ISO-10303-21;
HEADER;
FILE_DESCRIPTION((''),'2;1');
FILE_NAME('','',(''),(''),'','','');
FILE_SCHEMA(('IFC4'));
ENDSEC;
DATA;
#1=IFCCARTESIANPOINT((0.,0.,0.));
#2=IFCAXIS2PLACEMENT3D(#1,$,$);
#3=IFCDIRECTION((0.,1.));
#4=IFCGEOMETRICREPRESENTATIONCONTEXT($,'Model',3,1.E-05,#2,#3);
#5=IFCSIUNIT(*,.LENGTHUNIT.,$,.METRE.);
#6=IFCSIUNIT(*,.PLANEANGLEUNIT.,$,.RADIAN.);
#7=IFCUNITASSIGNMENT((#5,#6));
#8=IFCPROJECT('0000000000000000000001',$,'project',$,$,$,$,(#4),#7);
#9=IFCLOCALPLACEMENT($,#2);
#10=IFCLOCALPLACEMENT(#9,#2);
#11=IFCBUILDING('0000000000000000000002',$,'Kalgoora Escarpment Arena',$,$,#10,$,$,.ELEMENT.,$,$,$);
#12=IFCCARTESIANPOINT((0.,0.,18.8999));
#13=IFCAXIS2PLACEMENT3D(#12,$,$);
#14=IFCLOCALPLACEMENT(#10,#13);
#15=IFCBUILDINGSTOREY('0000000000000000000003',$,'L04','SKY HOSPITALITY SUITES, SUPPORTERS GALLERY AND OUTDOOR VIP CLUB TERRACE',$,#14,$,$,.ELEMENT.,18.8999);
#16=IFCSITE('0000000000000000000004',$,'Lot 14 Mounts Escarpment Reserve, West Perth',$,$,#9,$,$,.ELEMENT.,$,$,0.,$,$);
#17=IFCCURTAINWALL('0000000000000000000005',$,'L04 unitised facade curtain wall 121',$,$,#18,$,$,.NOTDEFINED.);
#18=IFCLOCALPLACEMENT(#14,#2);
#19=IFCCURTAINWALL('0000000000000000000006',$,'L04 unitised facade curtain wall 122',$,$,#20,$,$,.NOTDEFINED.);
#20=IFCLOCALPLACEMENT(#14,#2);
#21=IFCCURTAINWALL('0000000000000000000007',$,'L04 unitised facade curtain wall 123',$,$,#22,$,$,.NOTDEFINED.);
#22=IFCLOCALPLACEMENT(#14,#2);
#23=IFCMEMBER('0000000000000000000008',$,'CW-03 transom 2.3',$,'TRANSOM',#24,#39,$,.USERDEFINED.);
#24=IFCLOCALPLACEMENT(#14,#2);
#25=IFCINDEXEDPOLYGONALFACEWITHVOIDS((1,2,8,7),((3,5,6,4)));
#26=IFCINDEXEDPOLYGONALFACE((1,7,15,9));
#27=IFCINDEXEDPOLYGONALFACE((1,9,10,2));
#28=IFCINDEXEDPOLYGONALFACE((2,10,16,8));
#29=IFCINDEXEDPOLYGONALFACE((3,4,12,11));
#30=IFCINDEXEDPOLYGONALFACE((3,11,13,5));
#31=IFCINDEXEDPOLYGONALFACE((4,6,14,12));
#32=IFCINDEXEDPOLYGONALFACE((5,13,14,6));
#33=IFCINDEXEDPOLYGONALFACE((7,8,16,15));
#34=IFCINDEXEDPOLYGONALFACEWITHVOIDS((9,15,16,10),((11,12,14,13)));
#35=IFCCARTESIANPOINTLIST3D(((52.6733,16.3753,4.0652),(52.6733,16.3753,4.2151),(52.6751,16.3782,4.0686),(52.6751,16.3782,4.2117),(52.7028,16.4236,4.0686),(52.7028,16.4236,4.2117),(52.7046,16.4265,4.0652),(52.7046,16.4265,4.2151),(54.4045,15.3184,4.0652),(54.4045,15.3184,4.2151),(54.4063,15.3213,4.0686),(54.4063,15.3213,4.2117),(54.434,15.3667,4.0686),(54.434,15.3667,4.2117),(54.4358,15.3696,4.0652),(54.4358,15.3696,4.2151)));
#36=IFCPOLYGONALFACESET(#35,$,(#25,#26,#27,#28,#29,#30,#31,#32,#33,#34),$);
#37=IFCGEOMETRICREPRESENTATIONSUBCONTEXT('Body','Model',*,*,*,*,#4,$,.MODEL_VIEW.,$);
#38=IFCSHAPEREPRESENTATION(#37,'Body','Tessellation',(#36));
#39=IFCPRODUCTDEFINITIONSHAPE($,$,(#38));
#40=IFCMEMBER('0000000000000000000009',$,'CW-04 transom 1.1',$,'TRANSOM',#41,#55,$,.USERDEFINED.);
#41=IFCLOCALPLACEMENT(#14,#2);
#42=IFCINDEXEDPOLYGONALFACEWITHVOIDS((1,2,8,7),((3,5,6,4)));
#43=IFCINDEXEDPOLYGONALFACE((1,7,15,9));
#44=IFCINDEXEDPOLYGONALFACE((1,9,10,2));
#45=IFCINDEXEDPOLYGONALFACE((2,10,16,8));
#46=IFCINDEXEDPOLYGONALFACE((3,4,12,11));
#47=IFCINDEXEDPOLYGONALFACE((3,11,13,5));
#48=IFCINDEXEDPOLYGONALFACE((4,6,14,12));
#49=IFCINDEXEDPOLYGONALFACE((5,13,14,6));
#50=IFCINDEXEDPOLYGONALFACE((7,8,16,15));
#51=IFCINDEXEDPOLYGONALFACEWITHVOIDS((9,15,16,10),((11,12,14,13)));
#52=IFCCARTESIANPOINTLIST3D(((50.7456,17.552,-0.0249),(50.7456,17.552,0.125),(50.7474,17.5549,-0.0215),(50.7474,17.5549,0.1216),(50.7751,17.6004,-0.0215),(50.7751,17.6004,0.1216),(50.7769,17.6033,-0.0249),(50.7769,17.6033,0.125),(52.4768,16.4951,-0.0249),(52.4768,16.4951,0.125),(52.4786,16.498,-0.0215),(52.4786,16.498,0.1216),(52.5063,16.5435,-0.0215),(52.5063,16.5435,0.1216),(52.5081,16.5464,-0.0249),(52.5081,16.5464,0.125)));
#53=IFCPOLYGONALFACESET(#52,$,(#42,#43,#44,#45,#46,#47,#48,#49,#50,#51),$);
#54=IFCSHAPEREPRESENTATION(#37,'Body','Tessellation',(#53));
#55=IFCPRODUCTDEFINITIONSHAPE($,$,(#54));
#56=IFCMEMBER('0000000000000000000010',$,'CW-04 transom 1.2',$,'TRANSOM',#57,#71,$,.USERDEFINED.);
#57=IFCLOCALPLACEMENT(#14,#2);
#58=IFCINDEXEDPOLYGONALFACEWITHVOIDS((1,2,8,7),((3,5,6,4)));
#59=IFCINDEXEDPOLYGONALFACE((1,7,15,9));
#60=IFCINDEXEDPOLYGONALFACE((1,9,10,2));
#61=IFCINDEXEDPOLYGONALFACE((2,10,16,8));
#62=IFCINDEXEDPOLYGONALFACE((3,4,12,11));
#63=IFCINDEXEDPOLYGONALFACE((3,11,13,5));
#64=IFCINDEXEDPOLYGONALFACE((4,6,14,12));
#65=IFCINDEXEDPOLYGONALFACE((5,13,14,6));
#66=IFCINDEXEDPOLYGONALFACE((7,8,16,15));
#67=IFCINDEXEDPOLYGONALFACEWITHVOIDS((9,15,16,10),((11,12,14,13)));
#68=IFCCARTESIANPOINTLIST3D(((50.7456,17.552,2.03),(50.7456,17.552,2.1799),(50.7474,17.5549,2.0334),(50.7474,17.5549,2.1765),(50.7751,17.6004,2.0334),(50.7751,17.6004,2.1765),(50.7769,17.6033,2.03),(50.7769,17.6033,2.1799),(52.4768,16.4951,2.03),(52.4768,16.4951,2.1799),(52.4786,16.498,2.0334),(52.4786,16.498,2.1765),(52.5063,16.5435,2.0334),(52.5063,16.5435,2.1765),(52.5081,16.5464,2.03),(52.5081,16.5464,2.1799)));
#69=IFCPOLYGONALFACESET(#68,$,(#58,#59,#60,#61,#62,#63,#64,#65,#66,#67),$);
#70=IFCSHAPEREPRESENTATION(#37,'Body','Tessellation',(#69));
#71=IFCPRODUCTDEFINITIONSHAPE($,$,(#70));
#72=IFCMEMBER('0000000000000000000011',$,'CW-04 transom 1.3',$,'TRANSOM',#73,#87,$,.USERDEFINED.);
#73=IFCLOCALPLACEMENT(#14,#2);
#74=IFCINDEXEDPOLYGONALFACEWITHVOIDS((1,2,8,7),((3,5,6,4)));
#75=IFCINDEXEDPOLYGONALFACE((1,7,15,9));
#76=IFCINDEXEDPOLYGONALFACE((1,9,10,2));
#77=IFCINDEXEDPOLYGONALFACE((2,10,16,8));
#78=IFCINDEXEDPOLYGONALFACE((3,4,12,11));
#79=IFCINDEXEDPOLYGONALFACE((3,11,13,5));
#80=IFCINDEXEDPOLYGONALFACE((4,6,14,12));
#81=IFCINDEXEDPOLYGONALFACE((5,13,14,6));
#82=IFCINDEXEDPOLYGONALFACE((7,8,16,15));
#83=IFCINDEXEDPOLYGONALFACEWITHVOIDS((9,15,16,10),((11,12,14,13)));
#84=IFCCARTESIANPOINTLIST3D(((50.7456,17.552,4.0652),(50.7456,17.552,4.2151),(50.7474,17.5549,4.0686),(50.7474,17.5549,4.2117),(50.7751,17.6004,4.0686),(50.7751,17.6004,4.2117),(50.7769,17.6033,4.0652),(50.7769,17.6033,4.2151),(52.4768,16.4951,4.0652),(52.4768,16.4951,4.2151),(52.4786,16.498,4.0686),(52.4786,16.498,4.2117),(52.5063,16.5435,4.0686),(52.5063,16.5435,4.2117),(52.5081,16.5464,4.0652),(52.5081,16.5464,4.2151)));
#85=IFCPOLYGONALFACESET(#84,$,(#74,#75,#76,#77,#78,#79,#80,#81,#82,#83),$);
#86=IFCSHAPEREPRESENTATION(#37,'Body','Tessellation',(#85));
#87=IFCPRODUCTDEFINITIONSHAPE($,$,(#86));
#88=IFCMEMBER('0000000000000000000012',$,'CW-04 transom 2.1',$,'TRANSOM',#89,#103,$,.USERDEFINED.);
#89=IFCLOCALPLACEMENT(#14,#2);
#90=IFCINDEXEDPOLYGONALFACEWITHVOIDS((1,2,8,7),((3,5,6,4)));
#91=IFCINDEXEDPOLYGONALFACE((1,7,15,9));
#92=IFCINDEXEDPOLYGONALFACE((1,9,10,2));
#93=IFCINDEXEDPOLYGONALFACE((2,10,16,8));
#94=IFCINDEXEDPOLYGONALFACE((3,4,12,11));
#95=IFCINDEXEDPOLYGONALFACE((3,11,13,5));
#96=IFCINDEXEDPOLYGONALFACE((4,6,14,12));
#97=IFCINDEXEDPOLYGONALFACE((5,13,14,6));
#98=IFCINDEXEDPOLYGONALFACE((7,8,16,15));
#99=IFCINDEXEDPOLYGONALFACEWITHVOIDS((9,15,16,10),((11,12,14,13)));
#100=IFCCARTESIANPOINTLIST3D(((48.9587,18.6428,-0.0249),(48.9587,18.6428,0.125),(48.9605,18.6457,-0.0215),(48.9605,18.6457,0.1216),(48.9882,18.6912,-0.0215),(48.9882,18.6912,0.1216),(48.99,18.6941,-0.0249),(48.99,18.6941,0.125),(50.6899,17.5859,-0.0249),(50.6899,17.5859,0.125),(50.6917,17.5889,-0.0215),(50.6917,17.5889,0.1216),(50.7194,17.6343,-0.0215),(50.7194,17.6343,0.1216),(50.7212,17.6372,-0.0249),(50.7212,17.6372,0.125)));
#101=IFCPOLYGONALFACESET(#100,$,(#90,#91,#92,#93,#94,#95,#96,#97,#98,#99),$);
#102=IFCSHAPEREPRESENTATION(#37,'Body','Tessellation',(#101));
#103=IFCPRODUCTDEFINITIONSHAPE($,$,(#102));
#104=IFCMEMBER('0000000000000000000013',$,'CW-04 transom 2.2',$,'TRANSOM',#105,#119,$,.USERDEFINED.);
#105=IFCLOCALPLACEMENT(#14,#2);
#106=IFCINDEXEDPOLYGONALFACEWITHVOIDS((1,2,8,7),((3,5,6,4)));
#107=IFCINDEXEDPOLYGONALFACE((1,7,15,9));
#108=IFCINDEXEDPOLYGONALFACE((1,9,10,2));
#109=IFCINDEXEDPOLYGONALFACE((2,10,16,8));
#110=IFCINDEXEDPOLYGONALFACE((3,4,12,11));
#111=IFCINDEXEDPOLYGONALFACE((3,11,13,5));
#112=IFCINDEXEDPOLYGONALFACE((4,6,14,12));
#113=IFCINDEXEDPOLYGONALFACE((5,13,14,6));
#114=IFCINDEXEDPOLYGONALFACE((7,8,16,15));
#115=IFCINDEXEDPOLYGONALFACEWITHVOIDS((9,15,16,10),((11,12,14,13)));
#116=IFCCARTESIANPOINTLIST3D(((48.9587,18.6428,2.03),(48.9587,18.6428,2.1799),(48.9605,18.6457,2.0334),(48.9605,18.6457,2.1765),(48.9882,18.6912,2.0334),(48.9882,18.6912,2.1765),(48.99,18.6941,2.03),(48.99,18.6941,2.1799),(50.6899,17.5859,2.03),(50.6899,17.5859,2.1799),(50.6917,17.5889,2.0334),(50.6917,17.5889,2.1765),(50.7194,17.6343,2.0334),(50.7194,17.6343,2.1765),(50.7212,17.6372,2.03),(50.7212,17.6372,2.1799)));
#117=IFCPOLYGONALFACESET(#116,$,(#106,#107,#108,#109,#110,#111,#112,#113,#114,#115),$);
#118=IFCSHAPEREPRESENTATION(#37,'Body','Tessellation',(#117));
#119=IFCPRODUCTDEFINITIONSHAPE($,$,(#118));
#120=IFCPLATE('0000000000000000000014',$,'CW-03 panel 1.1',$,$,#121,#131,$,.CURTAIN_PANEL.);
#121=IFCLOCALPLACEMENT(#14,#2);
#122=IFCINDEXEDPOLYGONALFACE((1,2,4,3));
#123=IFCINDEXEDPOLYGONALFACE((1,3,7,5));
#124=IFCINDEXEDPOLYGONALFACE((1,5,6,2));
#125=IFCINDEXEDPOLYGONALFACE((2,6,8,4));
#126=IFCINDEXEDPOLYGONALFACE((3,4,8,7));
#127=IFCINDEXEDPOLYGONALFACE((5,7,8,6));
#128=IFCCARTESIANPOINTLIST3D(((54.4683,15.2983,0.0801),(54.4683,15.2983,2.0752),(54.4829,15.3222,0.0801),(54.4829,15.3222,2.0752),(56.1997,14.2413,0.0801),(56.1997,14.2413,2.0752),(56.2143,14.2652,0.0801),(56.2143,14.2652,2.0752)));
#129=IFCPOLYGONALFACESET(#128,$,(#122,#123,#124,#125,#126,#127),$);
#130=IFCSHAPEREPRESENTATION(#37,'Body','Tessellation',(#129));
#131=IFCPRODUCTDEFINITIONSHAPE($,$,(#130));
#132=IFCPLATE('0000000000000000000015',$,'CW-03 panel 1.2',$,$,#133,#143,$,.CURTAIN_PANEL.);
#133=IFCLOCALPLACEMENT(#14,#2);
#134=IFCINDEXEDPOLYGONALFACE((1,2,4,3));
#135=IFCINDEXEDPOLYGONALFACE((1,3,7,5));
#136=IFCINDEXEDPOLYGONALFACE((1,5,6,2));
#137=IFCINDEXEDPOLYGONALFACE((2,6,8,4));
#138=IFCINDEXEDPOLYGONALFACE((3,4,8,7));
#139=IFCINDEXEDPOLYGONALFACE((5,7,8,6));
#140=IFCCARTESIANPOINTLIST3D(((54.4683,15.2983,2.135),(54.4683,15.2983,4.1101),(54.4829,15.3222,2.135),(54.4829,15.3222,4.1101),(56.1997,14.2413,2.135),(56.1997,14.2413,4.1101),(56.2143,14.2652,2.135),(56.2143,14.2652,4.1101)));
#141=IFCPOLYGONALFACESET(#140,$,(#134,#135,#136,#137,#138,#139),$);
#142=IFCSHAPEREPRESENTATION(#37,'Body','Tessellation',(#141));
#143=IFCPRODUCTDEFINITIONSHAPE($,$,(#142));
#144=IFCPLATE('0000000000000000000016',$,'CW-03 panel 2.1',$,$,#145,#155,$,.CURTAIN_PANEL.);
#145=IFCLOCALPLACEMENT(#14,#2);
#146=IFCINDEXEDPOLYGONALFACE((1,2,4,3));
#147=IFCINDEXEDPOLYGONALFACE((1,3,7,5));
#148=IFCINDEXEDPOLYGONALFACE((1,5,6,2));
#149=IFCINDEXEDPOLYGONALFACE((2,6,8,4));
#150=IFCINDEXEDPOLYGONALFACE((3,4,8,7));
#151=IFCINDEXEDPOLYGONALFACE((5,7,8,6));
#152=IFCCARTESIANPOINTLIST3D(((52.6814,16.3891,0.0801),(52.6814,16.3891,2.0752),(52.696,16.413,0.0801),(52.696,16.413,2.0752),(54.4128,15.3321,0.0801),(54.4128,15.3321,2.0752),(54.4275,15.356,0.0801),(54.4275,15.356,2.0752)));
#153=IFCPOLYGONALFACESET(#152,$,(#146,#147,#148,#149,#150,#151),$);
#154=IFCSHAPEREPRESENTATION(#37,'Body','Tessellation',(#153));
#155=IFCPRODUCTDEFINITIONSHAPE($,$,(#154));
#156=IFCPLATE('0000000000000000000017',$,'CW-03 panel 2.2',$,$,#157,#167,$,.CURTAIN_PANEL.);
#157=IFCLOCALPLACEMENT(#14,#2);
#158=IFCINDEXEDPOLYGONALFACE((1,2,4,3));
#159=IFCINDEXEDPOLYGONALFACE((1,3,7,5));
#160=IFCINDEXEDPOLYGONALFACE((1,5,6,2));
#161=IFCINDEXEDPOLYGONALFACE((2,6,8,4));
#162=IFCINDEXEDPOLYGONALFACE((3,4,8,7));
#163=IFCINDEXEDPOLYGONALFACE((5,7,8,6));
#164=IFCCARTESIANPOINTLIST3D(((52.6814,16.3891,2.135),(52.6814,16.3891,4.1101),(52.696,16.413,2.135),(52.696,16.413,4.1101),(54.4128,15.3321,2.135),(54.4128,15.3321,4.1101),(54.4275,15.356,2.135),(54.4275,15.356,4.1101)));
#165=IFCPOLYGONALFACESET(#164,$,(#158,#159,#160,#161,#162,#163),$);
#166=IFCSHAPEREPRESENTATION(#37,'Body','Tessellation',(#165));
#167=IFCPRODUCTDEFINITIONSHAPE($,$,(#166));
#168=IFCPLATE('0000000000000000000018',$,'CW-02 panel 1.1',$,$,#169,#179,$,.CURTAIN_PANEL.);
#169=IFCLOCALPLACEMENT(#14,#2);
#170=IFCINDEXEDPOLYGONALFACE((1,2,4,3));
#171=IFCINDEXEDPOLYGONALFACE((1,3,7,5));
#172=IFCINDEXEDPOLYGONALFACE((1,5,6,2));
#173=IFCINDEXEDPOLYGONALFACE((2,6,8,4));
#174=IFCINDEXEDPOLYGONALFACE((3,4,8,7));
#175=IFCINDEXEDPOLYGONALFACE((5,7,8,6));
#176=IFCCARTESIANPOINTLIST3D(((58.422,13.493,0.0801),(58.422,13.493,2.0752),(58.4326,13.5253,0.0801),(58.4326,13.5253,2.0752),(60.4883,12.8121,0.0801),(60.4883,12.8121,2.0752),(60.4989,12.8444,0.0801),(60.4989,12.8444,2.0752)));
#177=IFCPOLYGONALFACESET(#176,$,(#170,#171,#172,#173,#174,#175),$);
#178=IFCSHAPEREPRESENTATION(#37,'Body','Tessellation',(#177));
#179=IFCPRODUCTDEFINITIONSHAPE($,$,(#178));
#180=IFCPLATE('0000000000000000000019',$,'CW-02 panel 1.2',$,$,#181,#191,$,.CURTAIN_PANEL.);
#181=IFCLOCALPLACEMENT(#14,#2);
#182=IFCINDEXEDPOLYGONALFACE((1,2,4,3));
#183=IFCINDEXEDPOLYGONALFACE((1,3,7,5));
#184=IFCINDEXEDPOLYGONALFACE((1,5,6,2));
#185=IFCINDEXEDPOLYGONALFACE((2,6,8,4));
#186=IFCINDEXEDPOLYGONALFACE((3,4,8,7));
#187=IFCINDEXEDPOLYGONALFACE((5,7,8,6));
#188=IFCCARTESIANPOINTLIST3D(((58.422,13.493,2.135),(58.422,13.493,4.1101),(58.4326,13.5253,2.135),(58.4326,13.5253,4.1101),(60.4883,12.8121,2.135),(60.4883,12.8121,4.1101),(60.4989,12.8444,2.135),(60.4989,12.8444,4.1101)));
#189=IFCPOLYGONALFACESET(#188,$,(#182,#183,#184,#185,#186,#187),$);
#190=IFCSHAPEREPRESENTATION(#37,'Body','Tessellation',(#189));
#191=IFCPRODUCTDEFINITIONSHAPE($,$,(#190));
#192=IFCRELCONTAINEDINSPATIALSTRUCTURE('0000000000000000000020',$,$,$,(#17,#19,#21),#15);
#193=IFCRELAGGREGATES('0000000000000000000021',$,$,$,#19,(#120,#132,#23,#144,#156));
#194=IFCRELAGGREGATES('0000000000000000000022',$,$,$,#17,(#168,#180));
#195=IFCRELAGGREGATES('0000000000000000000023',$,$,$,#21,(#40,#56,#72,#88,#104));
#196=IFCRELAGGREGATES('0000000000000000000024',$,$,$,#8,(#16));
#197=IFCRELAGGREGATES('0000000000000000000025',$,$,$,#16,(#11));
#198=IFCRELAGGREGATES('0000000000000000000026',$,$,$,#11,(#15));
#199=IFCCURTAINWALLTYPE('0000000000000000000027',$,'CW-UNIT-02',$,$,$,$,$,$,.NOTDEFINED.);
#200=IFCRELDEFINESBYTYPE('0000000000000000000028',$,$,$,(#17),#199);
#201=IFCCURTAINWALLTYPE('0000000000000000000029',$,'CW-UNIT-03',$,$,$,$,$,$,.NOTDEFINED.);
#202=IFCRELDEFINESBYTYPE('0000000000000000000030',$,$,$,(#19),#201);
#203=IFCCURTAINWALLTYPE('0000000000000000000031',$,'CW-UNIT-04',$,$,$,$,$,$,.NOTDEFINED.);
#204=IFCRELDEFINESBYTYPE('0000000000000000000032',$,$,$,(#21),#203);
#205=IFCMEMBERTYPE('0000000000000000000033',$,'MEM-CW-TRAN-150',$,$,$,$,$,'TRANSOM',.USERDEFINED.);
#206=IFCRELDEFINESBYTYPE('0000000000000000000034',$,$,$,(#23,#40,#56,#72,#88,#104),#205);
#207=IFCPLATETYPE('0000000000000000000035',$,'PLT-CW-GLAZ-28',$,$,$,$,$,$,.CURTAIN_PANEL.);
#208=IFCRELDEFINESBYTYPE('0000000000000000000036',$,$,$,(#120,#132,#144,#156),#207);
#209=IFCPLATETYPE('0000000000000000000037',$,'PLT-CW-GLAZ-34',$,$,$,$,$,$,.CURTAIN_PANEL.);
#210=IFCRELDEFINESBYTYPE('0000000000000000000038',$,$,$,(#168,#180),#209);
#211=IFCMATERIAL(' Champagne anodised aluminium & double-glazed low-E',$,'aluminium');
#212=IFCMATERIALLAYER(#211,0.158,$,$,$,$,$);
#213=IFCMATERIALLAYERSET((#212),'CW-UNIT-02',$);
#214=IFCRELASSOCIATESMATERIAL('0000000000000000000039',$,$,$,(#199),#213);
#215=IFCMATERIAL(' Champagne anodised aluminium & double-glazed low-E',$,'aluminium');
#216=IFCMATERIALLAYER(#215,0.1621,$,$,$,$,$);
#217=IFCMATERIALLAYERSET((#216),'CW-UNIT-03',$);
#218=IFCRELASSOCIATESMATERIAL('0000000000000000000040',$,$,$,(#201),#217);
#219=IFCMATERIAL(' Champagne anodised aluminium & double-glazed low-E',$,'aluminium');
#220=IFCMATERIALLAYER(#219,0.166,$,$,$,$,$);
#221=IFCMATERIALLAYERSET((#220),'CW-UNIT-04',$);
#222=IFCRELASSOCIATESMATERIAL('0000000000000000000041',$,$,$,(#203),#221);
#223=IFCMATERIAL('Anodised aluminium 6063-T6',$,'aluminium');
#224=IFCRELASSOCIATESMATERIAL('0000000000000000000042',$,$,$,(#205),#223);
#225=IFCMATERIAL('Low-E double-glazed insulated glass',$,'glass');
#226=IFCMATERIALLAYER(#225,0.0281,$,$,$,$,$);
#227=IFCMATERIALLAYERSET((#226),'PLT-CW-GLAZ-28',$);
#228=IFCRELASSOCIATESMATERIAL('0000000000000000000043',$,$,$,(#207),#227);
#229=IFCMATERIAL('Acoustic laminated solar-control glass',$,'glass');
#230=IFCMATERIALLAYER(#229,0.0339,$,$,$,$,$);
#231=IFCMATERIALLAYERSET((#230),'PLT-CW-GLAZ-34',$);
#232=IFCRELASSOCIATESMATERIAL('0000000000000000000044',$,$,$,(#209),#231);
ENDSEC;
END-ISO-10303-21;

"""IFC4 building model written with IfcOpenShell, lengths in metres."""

from ifc_helpers import new_model, si_unit, direction, frame, origin, origin_2d, place, context, subcontext, project, spatial, rectangle, hollow_rectangle, extrude, material, layer, layer_set, material_profile, profile_set, type_object, element, aggregate, save


model = new_model("IFC4")

# Units and contexts
model_context = context("Model", 3, precision=1e-05, world=origin(), true_north=direction((0.0, 1.0)))
body_context = subcontext(model_context, "Body", "Model", "MODEL_VIEW")
ifc_project = project(units=[si_unit("LENGTHUNIT", "METRE"), si_unit("PLANEANGLEUNIT", "RADIAN")], contexts=[model_context])

# Site, building, storey
site_placement = place(None, origin())
site = spatial("IfcSite", under=ifc_project, at=site_placement, Name="Lot 14 Mounts Escarpment Reserve, West Perth", CompositionType="ELEMENT", RefElevation=0.0)
building_placement = place(site_placement, origin())
building = spatial("IfcBuilding", under=site, at=building_placement, Name="Kalgoora Escarpment Arena", CompositionType="ELEMENT")
storey_placement = place(building_placement, frame((0.0, 0.0, 18.8999)))
storey = spatial("IfcBuildingStorey", under=building, at=storey_placement, Name="L04", Description="SKY HOSPITALITY SUITES, SUPPORTERS GALLERY AND OUTDOOR VIP CLUB TERRACE", CompositionType="ELEMENT", Elevation=18.8999)

# Curtain walls
ifc_material_1 = material(Name=" Champagne anodised aluminium & double-glazed low-E", Category="aluminium")
ifc_layer_1 = layer(ifc_material_1, 0.158)
ifc_layer_set_1 = layer_set([ifc_layer_1], Name="CW-UNIT-02")
curtain_wall_type_1 = type_object("IfcCurtainWallType", Name="CW-UNIT-02", PredefinedType="NOTDEFINED", material=ifc_layer_set_1)
curtain_wall_1_placement = place(storey_placement, origin())
curtain_wall_1 = element("IfcCurtainWall", 1, at=curtain_wall_1_placement, inside=storey, type_object=curtain_wall_type_1, Name="L04 unitised facade curtain wall 121", PredefinedType="NOTDEFINED")
ifc_material_2 = material(Name=" Champagne anodised aluminium & double-glazed low-E", Category="aluminium")
ifc_layer_2 = layer(ifc_material_2, 0.1621)
ifc_layer_set_2 = layer_set([ifc_layer_2], Name="CW-UNIT-03")
curtain_wall_type_2 = type_object("IfcCurtainWallType", Name="CW-UNIT-03", PredefinedType="NOTDEFINED", material=ifc_layer_set_2)
curtain_wall_2_placement = place(storey_placement, origin())
curtain_wall_2 = element("IfcCurtainWall", 2, at=curtain_wall_2_placement, inside=storey, type_object=curtain_wall_type_2, Name="L04 unitised facade curtain wall 122", PredefinedType="NOTDEFINED")
ifc_material_3 = material(Name=" Champagne anodised aluminium & double-glazed low-E", Category="aluminium")
ifc_layer_3 = layer(ifc_material_3, 0.166)
ifc_layer_set_3 = layer_set([ifc_layer_3], Name="CW-UNIT-04")
curtain_wall_type_3 = type_object("IfcCurtainWallType", Name="CW-UNIT-04", PredefinedType="NOTDEFINED", material=ifc_layer_set_3)
curtain_wall_3_placement = place(storey_placement, origin())
curtain_wall_3 = element("IfcCurtainWall", 3, at=curtain_wall_3_placement, inside=storey, type_object=curtain_wall_type_3, Name="L04 unitised facade curtain wall 123", PredefinedType="NOTDEFINED")

# Members
ifc_material_4 = material(Name="Anodised aluminium 6063-T6", Category="aluminium")
ifc_material_profile_1 = material_profile(ifc_material_4, hollow_rectangle(XDim=0.0601, YDim=0.1499, WallThickness=0.0034, at=origin_2d()))
ifc_profile_set_1 = profile_set([ifc_material_profile_1], Name="Anodised aluminium 6063-T6")
member_type_1 = type_object("IfcMemberType", Name="MEM-CW-TRAN-150", ElementType="TRANSOM", PredefinedType="USERDEFINED", material=ifc_profile_set_1)
member_1_placement = place(storey_placement, frame((54.4202, 15.344, 4.1401), z_axis=(-0.853517, 0.521065, 0.0), x_axis=(-0.521065, -0.853517, 0.0)))
member_1 = element("IfcMember", 4, at=member_1_placement, type_object=member_type_1, Name="CW-03 transom 2.3", ObjectType="TRANSOM", PredefinedType="USERDEFINED", context=body_context, shape_type="SweptSolid", body=[
    extrude(hollow_rectangle(XDim=0.0601, YDim=0.1499, WallThickness=0.0034, at=origin_2d()), origin(), (0.0, 0.0, 1.0), 2.0283),
])
member_2_placement = place(storey_placement, frame((52.4924, 16.5208, 0.05), z_axis=(-0.853517, 0.521065, 0.0), x_axis=(-0.521065, -0.853517, 0.0)))
member_2 = element("IfcMember", 5, at=member_2_placement, type_object=member_type_1, Name="CW-04 transom 1.1", ObjectType="TRANSOM", PredefinedType="USERDEFINED", context=body_context, shape_type="SweptSolid", body=[
    extrude(hollow_rectangle(XDim=0.0601, YDim=0.1499, WallThickness=0.0034, at=origin_2d()), origin(), (0.0, 0.0, 1.0), 2.0283),
])
member_3_placement = place(storey_placement, frame((52.4924, 16.5208, 2.105), z_axis=(-0.853517, 0.521065, 0.0), x_axis=(-0.521065, -0.853517, 0.0)))
member_3 = element("IfcMember", 6, at=member_3_placement, type_object=member_type_1, Name="CW-04 transom 1.2", ObjectType="TRANSOM", PredefinedType="USERDEFINED", context=body_context, shape_type="SweptSolid", body=[
    extrude(hollow_rectangle(XDim=0.0601, YDim=0.1499, WallThickness=0.0034, at=origin_2d()), origin(), (0.0, 0.0, 1.0), 2.0283),
])
member_4_placement = place(storey_placement, frame((52.4924, 16.5208, 4.1401), z_axis=(-0.853517, 0.521065, 0.0), x_axis=(-0.521065, -0.853517, 0.0)))
member_4 = element("IfcMember", 7, at=member_4_placement, type_object=member_type_1, Name="CW-04 transom 1.3", ObjectType="TRANSOM", PredefinedType="USERDEFINED", context=body_context, shape_type="SweptSolid", body=[
    extrude(hollow_rectangle(XDim=0.0601, YDim=0.1499, WallThickness=0.0034, at=origin_2d()), origin(), (0.0, 0.0, 1.0), 2.0283),
])
member_5_placement = place(storey_placement, frame((50.7056, 17.6116, 0.05), z_axis=(-0.853517, 0.521065, 0.0), x_axis=(-0.521065, -0.853517, 0.0)))
member_5 = element("IfcMember", 8, at=member_5_placement, type_object=member_type_1, Name="CW-04 transom 2.1", ObjectType="TRANSOM", PredefinedType="USERDEFINED", context=body_context, shape_type="SweptSolid", body=[
    extrude(hollow_rectangle(XDim=0.0601, YDim=0.1499, WallThickness=0.0034, at=origin_2d()), origin(), (0.0, 0.0, 1.0), 2.0283),
])
member_6_placement = place(storey_placement, frame((50.7056, 17.6116, 2.105), z_axis=(-0.853517, 0.521065, 0.0), x_axis=(-0.521065, -0.853517, 0.0)))
member_6 = element("IfcMember", 9, at=member_6_placement, type_object=member_type_1, Name="CW-04 transom 2.2", ObjectType="TRANSOM", PredefinedType="USERDEFINED", context=body_context, shape_type="SweptSolid", body=[
    extrude(hollow_rectangle(XDim=0.0601, YDim=0.1499, WallThickness=0.0034, at=origin_2d()), origin(), (0.0, 0.0, 1.0), 2.0283),
])

# Plates
ifc_material_5 = material(Name="Low-E double-glazed insulated glass", Category="glass")
ifc_layer_4 = layer(ifc_material_5, 0.0281)
ifc_layer_set_4 = layer_set([ifc_layer_4], Name="PLT-CW-GLAZ-28")
plate_type_1 = type_object("IfcPlateType", Name="PLT-CW-GLAZ-28", PredefinedType="CURTAIN_PANEL", material=ifc_layer_set_4)
plate_1_placement = place(storey_placement, frame((55.3413, 14.7817, 0.0801), z_axis=(0.0, 0.0, 1.0), x_axis=(-0.853521, 0.521059, 0.0)))
plate_1 = element("IfcPlate", 10, at=plate_1_placement, type_object=plate_type_1, Name="CW-03 panel 1.1", PredefinedType="CURTAIN_PANEL", context=body_context, shape_type="SweptSolid", body=[
    extrude(rectangle(XDim=2.0286, YDim=0.0281, at=origin_2d()), origin(), (0.0, 0.0, 1.0), 1.9951),
])
plate_2_placement = place(storey_placement, frame((55.3413, 14.7817, 2.135), z_axis=(0.0, 0.0, 1.0), x_axis=(-0.853521, 0.521059, 0.0)))
plate_2 = element("IfcPlate", 11, at=plate_2_placement, type_object=plate_type_1, Name="CW-03 panel 1.2", PredefinedType="CURTAIN_PANEL", context=body_context, shape_type="SweptSolid", body=[
    extrude(rectangle(XDim=2.0286, YDim=0.0281, at=origin_2d()), origin(), (0.0, 0.0, 1.0), 1.9751),
])
plate_3_placement = place(storey_placement, frame((53.5544, 15.8726, 0.0801), z_axis=(0.0, 0.0, 1.0), x_axis=(-0.853521, 0.521059, 0.0)))
plate_3 = element("IfcPlate", 12, at=plate_3_placement, type_object=plate_type_1, Name="CW-03 panel 2.1", PredefinedType="CURTAIN_PANEL", context=body_context, shape_type="SweptSolid", body=[
    extrude(rectangle(XDim=2.0286, YDim=0.0281, at=origin_2d()), origin(), (0.0, 0.0, 1.0), 1.9951),
])
plate_4_placement = place(storey_placement, frame((53.5544, 15.8726, 2.135), z_axis=(0.0, 0.0, 1.0), x_axis=(-0.853521, 0.521059, 0.0)))
plate_4 = element("IfcPlate", 13, at=plate_4_placement, type_object=plate_type_1, Name="CW-03 panel 2.2", PredefinedType="CURTAIN_PANEL", context=body_context, shape_type="SweptSolid", body=[
    extrude(rectangle(XDim=2.0286, YDim=0.0281, at=origin_2d()), origin(), (0.0, 0.0, 1.0), 1.9751),
])
aggregate(curtain_wall_2, [plate_1, plate_2, member_1, plate_3, plate_4])
ifc_material_6 = material(Name="Acoustic laminated solar-control glass", Category="glass")
ifc_layer_5 = layer(ifc_material_6, 0.0339)
ifc_layer_set_5 = layer_set([ifc_layer_5], Name="PLT-CW-GLAZ-34")
plate_type_2 = type_object("IfcPlateType", Name="PLT-CW-GLAZ-34", PredefinedType="CURTAIN_PANEL", material=ifc_layer_set_5)
plate_5_placement = place(storey_placement, frame((59.4604, 13.1687, 0.0801), z_axis=(0.0, 0.0, 1.0), x_axis=(-0.949758, 0.312986, 0.0)))
plate_5 = element("IfcPlate", 14, at=plate_5_placement, type_object=plate_type_2, Name="CW-02 panel 1.1", PredefinedType="CURTAIN_PANEL", context=body_context, shape_type="SweptSolid", body=[
    extrude(rectangle(XDim=2.1755, YDim=0.0339, at=origin_2d()), origin(), (0.0, 0.0, 1.0), 1.9951),
])
plate_6_placement = place(storey_placement, frame((59.4604, 13.1687, 2.135), z_axis=(0.0, 0.0, 1.0), x_axis=(-0.949758, 0.312986, 0.0)))
plate_6 = element("IfcPlate", 15, at=plate_6_placement, type_object=plate_type_2, Name="CW-02 panel 1.2", PredefinedType="CURTAIN_PANEL", context=body_context, shape_type="SweptSolid", body=[
    extrude(rectangle(XDim=2.1755, YDim=0.0339, at=origin_2d()), origin(), (0.0, 0.0, 1.0), 1.9751),
])
aggregate(curtain_wall_1, [plate_5, plate_6])
aggregate(curtain_wall_3, [member_2, member_3, member_4, member_5, member_6])

save(model, "model.ifc")
